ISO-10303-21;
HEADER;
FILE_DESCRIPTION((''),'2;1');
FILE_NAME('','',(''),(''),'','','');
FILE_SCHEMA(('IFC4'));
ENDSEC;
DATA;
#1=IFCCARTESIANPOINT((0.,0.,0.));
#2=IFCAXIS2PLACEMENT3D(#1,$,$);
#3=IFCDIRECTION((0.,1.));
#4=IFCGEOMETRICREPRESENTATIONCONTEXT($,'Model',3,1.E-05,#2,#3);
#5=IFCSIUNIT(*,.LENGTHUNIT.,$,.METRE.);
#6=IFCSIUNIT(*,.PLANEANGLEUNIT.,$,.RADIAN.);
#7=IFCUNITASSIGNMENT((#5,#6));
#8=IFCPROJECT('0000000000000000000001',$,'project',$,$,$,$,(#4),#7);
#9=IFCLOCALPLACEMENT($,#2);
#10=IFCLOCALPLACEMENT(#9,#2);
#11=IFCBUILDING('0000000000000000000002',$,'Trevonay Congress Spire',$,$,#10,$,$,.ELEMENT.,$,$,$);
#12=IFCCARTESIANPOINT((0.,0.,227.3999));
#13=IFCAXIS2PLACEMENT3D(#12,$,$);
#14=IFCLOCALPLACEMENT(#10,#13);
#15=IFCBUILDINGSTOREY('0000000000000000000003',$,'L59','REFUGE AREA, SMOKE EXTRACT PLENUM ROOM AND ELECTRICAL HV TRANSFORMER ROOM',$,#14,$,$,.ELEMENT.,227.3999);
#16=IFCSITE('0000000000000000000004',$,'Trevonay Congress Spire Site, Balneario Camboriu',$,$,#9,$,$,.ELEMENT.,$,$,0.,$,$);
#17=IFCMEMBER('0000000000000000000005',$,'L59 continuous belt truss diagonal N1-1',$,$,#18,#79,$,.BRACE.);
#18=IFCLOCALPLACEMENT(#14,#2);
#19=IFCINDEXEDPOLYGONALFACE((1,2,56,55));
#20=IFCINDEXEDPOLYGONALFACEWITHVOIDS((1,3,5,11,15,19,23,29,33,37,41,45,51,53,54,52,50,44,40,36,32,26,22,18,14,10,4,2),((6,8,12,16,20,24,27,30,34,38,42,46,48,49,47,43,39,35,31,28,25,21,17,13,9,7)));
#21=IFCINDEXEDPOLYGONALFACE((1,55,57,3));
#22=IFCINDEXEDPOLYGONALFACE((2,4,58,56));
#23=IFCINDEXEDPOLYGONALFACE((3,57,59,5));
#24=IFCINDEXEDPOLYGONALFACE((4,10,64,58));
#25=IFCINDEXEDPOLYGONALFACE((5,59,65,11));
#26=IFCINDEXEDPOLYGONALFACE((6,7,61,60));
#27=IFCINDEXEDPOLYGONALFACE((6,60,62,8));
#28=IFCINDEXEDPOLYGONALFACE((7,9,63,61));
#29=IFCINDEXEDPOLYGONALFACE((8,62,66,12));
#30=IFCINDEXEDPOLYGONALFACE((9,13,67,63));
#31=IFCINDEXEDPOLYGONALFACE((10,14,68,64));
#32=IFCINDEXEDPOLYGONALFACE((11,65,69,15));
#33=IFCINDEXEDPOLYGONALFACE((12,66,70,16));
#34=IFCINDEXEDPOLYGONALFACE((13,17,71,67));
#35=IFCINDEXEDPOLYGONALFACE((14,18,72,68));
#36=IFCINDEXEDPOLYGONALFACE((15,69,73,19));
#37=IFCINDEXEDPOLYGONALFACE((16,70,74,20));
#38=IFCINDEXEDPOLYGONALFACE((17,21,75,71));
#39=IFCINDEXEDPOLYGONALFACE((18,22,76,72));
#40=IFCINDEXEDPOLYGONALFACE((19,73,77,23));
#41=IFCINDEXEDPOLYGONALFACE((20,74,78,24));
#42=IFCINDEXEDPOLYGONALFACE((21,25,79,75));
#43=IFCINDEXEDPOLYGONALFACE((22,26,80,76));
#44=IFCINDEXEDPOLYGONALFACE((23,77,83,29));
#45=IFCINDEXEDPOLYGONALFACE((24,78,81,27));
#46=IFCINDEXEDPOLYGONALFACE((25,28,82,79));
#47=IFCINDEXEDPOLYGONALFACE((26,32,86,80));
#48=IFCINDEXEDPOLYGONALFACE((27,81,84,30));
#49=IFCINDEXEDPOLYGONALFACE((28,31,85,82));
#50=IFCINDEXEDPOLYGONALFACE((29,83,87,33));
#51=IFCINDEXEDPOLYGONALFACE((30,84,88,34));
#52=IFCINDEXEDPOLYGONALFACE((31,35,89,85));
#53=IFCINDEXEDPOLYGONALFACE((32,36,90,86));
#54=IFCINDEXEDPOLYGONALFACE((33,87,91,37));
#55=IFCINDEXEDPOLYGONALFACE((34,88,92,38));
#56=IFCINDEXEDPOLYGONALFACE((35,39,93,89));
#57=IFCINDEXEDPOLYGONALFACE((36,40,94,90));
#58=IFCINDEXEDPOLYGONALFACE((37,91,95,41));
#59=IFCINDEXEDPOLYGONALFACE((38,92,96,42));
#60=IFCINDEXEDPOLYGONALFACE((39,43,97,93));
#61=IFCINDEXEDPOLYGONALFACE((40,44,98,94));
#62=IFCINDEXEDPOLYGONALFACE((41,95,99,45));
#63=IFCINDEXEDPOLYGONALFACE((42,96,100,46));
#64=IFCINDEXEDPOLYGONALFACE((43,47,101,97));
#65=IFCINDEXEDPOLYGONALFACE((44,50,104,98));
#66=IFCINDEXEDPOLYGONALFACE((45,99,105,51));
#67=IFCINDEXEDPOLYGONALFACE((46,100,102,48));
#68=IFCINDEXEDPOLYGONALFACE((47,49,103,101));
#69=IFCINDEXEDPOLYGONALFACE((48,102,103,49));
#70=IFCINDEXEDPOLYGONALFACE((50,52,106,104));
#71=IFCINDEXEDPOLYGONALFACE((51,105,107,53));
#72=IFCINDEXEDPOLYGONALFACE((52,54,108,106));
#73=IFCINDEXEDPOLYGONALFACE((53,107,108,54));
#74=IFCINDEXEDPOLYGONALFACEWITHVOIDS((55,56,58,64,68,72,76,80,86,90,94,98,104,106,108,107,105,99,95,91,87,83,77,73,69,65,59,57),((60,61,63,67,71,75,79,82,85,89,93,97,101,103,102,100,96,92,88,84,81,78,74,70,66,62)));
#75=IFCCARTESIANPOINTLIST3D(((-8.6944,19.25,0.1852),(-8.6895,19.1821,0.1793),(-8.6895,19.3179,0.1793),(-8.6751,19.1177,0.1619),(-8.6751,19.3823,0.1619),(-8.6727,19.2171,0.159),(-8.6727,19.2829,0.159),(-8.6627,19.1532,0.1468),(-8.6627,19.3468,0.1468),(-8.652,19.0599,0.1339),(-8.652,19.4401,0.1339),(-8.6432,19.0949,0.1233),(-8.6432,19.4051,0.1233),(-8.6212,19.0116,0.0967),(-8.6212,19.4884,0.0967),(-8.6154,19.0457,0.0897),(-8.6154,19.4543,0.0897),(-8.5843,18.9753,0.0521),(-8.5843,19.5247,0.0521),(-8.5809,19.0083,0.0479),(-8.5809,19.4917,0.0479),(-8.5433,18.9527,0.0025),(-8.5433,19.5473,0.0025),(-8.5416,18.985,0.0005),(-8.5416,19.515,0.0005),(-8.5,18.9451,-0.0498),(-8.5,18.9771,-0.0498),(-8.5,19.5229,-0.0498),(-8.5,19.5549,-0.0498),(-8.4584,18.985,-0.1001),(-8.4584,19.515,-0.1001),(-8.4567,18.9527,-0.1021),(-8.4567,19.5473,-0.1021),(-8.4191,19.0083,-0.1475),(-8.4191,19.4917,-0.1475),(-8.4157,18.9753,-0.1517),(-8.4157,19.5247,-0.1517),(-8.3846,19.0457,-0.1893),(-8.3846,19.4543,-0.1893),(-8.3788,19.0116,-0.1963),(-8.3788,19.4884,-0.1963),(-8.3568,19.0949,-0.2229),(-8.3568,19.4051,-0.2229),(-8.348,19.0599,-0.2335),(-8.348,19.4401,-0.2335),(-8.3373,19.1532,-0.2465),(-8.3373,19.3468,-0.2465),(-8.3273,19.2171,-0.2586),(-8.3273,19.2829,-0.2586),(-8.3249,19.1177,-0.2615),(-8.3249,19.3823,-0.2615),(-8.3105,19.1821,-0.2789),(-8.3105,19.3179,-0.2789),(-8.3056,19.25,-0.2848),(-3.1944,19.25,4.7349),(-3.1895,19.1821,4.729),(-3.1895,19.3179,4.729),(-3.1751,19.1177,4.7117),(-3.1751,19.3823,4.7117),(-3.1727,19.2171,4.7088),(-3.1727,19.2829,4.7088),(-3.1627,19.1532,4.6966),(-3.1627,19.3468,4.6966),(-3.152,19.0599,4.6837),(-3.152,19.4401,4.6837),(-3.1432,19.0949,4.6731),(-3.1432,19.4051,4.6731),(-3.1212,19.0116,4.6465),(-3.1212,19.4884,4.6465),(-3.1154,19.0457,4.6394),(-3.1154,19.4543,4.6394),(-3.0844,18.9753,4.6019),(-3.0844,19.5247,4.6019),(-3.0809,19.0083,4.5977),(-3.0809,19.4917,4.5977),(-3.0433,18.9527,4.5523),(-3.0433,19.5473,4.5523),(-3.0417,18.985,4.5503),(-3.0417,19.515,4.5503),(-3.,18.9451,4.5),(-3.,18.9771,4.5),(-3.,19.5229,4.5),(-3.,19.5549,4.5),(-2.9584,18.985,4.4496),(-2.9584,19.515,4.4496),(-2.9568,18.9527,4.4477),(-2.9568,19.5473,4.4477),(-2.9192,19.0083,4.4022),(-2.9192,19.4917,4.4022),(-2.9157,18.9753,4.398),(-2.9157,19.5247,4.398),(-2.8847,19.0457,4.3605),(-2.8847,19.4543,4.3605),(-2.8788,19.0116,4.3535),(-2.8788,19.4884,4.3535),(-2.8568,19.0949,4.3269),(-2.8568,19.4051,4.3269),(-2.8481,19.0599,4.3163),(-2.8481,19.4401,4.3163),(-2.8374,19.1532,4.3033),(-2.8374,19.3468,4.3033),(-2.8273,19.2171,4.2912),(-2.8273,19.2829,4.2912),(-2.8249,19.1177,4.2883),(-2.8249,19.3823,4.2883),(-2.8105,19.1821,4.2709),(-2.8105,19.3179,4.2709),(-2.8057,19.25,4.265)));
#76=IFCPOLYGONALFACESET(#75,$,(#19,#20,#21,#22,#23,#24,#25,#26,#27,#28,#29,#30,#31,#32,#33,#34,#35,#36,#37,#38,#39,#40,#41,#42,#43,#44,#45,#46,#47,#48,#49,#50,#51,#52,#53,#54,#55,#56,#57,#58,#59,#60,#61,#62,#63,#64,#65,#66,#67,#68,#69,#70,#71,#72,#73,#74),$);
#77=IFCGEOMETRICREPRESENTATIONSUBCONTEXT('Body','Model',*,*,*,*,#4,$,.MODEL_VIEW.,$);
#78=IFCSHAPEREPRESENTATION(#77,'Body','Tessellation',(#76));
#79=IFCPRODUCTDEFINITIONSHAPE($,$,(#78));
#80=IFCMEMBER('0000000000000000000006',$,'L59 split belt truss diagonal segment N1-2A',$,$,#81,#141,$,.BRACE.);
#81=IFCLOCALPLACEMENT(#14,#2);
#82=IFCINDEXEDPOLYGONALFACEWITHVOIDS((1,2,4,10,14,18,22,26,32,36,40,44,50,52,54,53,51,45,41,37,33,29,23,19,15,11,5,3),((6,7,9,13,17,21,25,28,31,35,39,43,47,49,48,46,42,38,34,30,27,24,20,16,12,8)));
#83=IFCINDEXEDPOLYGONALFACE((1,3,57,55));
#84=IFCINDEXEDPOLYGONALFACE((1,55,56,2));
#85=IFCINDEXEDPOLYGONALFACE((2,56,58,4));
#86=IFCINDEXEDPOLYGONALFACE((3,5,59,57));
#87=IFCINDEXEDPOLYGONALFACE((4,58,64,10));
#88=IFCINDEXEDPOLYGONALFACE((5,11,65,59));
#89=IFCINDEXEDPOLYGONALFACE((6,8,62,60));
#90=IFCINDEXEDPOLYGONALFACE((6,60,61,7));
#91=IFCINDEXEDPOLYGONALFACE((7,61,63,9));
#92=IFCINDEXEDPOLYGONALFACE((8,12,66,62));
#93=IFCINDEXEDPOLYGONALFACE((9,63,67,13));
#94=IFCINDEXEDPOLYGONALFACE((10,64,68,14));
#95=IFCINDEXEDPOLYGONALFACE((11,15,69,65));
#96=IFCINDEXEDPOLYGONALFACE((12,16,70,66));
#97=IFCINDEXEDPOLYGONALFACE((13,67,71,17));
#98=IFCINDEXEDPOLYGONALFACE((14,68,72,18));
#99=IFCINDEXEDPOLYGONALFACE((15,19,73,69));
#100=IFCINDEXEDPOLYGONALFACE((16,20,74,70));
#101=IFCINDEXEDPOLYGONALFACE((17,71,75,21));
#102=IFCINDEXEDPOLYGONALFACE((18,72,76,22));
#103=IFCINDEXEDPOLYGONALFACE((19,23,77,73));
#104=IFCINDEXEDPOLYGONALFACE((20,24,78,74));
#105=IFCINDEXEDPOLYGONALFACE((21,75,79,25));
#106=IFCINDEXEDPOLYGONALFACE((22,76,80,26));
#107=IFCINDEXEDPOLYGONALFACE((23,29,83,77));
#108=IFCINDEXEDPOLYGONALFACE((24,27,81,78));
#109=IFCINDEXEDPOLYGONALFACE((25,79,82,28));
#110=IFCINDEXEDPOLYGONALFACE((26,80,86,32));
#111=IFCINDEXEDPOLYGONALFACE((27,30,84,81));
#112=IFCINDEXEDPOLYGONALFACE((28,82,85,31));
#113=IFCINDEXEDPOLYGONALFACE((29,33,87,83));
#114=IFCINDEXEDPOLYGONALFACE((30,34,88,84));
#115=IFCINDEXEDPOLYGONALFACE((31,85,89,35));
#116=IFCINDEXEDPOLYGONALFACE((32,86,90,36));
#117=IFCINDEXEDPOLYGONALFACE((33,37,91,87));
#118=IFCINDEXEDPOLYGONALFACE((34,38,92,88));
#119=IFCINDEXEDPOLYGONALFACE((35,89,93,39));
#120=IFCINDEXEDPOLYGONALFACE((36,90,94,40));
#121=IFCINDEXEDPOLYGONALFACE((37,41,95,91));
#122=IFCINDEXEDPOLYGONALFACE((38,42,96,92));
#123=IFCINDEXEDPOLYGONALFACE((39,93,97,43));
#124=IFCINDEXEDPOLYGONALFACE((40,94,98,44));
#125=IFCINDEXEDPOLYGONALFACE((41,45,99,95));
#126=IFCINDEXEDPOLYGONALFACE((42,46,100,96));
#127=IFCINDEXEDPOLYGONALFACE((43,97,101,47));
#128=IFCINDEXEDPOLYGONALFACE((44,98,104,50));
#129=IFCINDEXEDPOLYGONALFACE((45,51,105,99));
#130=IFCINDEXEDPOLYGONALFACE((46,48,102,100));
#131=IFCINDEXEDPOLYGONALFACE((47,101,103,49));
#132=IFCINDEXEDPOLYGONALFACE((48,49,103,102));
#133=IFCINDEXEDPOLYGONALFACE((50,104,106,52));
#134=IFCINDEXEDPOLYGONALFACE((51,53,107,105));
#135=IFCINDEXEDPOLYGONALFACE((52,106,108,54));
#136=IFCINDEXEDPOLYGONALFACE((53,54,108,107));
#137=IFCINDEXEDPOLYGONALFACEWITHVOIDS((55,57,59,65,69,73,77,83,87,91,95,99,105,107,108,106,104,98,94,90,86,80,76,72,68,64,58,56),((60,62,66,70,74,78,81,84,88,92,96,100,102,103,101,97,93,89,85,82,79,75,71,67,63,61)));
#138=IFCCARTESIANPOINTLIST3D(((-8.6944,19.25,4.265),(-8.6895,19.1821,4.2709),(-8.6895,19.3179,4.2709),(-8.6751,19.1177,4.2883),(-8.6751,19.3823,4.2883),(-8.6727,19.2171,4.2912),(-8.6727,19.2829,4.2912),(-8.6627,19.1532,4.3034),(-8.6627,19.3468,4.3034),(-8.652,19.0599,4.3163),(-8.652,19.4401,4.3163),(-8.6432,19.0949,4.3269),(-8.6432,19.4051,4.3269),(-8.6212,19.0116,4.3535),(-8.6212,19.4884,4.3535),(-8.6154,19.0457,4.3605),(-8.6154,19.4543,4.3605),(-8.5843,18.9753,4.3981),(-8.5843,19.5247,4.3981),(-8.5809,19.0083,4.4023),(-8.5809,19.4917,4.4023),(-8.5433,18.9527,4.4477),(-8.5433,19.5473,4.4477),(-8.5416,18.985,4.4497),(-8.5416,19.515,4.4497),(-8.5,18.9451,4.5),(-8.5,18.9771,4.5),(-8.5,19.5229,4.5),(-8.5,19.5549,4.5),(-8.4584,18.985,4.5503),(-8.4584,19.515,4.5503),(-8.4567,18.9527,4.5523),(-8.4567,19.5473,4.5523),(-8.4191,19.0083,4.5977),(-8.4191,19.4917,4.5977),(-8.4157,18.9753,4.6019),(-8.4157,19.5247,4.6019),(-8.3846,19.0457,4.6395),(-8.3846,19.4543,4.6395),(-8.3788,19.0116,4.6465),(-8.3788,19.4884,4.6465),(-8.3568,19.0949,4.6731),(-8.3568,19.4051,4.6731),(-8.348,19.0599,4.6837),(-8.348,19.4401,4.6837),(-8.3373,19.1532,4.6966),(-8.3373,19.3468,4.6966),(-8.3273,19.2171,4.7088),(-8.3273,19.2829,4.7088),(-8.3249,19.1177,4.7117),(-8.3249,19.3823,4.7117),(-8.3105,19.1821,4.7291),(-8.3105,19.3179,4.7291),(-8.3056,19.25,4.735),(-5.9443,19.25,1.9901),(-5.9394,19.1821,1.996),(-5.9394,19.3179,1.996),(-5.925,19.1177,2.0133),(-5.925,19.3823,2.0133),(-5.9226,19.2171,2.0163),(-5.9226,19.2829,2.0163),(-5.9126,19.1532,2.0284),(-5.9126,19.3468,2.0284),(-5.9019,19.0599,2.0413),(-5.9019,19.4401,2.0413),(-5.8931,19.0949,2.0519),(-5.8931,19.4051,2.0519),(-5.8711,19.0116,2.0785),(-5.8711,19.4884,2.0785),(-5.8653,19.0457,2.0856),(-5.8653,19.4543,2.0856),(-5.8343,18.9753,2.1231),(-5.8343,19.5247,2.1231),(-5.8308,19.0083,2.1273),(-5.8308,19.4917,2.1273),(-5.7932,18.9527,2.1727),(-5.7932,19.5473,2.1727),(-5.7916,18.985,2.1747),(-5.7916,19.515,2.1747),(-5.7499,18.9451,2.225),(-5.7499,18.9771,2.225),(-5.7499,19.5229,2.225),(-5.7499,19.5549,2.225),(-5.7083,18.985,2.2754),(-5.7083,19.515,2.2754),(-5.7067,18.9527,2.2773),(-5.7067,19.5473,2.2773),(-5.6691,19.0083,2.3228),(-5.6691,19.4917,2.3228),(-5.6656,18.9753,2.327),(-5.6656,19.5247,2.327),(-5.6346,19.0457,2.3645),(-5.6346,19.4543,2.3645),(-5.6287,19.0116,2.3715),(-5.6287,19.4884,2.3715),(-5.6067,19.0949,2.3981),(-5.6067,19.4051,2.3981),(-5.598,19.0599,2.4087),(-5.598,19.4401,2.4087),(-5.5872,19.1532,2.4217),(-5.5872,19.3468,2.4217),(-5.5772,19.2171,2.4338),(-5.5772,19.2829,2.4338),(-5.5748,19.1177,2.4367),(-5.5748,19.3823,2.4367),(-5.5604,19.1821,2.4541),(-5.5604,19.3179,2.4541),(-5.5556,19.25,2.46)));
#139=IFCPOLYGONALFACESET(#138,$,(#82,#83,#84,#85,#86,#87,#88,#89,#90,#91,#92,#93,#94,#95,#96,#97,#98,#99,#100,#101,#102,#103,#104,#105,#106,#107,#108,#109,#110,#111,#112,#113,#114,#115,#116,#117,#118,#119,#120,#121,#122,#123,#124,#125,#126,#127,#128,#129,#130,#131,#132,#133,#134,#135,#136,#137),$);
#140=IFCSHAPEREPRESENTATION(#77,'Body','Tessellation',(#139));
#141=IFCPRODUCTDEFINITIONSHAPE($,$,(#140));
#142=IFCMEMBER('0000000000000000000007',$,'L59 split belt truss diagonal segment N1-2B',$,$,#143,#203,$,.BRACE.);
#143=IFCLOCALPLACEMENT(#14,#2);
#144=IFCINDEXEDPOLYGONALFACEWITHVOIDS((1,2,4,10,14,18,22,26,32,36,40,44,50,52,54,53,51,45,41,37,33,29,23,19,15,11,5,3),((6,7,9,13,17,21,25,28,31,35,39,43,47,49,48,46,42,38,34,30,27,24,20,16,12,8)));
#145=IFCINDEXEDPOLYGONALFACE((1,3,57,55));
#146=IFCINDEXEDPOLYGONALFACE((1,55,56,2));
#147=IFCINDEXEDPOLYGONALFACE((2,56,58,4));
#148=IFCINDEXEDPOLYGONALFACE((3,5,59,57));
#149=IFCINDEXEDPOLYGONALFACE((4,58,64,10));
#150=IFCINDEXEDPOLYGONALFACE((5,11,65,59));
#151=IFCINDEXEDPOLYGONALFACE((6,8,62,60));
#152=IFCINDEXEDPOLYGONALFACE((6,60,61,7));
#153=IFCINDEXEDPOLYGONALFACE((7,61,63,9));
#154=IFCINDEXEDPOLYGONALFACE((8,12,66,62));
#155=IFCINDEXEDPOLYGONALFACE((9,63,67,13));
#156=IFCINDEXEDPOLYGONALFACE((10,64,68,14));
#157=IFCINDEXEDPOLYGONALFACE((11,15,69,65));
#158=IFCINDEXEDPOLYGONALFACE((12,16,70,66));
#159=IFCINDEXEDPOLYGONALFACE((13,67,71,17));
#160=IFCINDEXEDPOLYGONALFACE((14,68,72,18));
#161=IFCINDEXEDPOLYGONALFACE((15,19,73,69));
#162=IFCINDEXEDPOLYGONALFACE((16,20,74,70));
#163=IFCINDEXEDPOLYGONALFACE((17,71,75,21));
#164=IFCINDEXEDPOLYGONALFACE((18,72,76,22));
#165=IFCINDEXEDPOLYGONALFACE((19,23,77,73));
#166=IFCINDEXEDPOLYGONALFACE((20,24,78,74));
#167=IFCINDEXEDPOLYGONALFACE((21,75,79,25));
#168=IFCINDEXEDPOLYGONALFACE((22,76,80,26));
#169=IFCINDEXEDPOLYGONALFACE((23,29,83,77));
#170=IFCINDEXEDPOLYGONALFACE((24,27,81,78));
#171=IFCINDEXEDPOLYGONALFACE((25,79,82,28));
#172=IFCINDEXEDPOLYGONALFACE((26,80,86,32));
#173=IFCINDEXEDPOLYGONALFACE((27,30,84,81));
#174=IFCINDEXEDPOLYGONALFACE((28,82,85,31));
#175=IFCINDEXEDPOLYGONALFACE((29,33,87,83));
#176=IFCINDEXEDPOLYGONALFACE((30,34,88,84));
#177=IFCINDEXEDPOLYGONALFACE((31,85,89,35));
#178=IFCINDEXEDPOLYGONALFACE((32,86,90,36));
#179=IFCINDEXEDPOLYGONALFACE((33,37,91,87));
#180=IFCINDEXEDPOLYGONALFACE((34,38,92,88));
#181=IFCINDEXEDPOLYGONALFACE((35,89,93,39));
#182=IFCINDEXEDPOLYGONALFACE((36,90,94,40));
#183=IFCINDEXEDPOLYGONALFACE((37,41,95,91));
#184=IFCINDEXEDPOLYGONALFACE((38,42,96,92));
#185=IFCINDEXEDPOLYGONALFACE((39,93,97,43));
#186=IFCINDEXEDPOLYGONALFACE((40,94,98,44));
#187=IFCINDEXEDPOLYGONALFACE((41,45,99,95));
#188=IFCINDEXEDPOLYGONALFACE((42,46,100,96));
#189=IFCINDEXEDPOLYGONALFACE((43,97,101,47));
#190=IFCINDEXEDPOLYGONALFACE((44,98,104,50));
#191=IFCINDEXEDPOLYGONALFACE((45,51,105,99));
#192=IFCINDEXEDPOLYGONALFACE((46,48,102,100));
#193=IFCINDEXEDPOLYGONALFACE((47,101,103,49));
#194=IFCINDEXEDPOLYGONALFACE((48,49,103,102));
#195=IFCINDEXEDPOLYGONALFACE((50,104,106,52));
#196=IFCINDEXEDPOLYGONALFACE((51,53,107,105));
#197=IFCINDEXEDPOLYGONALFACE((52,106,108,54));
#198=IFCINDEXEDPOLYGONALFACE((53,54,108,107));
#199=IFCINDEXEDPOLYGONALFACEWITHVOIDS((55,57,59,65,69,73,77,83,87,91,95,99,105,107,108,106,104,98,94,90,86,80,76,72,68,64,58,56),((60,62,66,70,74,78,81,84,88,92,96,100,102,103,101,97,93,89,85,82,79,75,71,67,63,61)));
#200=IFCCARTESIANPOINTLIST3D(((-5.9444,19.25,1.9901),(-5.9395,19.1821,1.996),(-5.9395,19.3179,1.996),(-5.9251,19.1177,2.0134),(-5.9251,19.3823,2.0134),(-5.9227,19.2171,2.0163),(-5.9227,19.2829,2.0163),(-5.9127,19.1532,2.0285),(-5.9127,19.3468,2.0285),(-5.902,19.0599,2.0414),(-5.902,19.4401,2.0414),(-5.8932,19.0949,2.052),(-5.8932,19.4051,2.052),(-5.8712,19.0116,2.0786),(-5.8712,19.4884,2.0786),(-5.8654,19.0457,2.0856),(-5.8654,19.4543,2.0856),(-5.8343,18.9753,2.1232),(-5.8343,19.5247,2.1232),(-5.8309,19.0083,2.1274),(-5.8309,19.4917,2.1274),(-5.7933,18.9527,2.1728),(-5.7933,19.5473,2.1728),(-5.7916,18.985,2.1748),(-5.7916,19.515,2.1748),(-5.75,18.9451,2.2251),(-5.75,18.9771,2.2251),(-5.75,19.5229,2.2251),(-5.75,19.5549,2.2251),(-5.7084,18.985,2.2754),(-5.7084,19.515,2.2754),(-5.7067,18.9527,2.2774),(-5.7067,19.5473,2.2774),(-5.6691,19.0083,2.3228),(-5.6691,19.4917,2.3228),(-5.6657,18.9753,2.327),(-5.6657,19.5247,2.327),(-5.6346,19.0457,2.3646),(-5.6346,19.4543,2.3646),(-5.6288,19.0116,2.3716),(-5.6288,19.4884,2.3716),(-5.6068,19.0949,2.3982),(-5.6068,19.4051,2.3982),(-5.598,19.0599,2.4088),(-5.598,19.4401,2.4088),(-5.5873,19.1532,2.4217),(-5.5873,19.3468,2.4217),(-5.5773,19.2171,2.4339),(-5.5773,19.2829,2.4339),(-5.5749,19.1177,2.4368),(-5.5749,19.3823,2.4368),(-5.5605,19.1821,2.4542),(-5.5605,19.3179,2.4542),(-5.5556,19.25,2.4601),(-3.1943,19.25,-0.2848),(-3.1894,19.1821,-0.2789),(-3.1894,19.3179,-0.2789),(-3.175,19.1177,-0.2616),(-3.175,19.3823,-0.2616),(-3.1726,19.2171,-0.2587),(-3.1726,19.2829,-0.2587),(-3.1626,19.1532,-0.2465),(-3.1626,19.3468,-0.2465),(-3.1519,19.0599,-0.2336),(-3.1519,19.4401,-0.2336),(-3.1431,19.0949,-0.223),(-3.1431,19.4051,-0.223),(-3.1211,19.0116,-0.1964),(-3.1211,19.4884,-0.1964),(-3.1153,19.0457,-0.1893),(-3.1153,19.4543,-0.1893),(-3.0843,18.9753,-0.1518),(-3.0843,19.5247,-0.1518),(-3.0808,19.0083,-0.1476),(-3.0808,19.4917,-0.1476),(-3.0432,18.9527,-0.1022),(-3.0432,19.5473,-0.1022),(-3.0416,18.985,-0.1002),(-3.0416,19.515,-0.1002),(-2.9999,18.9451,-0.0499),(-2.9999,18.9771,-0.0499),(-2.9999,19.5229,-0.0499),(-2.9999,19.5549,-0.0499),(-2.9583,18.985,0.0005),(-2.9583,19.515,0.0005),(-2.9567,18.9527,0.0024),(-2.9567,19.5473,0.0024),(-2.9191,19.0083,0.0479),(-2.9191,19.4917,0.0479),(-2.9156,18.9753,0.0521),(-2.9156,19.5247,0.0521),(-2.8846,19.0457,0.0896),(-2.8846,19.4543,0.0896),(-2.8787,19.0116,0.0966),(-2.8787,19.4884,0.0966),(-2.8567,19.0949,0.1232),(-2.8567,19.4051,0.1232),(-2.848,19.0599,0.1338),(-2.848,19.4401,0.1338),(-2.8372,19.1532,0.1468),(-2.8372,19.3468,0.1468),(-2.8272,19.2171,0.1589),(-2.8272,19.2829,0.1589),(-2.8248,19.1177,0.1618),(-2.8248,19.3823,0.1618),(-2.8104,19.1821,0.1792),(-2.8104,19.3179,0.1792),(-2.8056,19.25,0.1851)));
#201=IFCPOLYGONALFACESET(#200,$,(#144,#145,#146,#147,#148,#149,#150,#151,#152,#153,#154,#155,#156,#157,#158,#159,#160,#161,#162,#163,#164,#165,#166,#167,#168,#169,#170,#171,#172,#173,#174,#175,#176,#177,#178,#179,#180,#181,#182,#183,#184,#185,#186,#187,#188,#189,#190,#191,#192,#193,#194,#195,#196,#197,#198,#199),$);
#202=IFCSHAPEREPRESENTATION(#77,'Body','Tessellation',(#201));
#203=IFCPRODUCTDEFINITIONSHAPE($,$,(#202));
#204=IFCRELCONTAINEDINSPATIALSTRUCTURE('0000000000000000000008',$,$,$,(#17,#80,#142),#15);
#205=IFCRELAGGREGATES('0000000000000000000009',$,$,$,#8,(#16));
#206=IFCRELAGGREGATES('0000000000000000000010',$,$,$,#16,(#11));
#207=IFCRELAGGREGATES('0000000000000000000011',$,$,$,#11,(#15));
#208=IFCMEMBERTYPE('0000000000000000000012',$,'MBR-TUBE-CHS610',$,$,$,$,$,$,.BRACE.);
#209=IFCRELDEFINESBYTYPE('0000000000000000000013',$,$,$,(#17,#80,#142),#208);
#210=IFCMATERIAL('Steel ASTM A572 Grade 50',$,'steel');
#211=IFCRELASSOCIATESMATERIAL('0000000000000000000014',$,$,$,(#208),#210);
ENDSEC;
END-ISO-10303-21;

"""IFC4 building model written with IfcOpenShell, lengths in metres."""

from ifc_helpers import new_model, si_unit, direction, frame, origin, origin_2d, place, context, subcontext, project, spatial, hollow_circle, extrude, material, material_profile, profile_set, type_object, element, save


model = new_model("IFC4")

# Units and contexts
model_context = context("Model", 3, precision=1e-05, world=origin(), true_north=direction((0.0, 1.0)))
body_context = subcontext(model_context, "Body", "Model", "MODEL_VIEW")
ifc_project = project(units=[si_unit("LENGTHUNIT", "METRE"), si_unit("PLANEANGLEUNIT", "RADIAN")], contexts=[model_context])

# Site, building, storey
site_placement = place(None, origin())
site = spatial("IfcSite", under=ifc_project, at=site_placement, Name="Trevonay Congress Spire Site, Balneario Camboriu", CompositionType="ELEMENT", RefElevation=0.0)
building_placement = place(site_placement, origin())
building = spatial("IfcBuilding", under=site, at=building_placement, Name="Trevonay Congress Spire", CompositionType="ELEMENT")
storey_placement = place(building_placement, frame((0.0, 0.0, 227.3999)))
storey = spatial("IfcBuildingStorey", under=building, at=storey_placement, Name="L59", Description="REFUGE AREA, SMOKE EXTRACT PLENUM ROOM AND ELECTRICAL HV TRANSFORMER ROOM", CompositionType="ELEMENT", Elevation=227.3999)

# Shared definitions
ifc_material_1 = material(Name="Steel ASTM A572 Grade 50", Category="steel")

# Members
ifc_material_profile_1 = material_profile(ifc_material_1, hollow_circle(Radius=0.3049, WallThickness=0.032, at=origin_2d()), Name="CHS 610x32")
ifc_profile_set_1 = profile_set([ifc_material_profile_1], Name="Steel ASTM A572 Grade 50")
member_type_1 = type_object("IfcMemberType", Name="MBR-TUBE-CHS610", PredefinedType="BRACE", material=ifc_profile_set_1)
member_1_placement = place(storey_placement, frame((-8.5, 19.25, -0.0498), z_axis=(0.770526, 0.0, 0.637408), x_axis=(0.0, 1.0, 0.0)))
element("IfcMember", 1, at=member_1_placement, inside=storey, type_object=member_type_1, Name="L59 continuous belt truss diagonal N1-1", PredefinedType="BRACE", context=body_context, shape_type="SweptSolid", body=[
    extrude(hollow_circle(Radius=0.3049, WallThickness=0.032, at=origin_2d()), origin(), (0.0, 0.0, 1.0), 7.1379),
])
for number, where, z_axis, x_axis, name in (
    (2, (-8.5, 19.25, 4.5), (0.770526, 0.0, -0.637408), (0.0, 1.0, 0.0), "L59 split belt truss diagonal segment N1-2A"),
    (3, (-5.75, 19.25, 2.2251), (0.770526, 0.0, -0.637408), (0.0, 1.0, 0.0), "L59 split belt truss diagonal segment N1-2B"),
):
    element("IfcMember", number, at=place(storey_placement, frame(where, z_axis=z_axis, x_axis=x_axis)), inside=storey, type_object=member_type_1, Name=name, PredefinedType="BRACE", context=body_context, shape_type="SweptSolid", body=[
        extrude(hollow_circle(Radius=0.3049, WallThickness=0.032, at=origin_2d()), origin(), (0.0, 0.0, 1.0), 3.5691),
    ])

save(model, "model.ifc")
